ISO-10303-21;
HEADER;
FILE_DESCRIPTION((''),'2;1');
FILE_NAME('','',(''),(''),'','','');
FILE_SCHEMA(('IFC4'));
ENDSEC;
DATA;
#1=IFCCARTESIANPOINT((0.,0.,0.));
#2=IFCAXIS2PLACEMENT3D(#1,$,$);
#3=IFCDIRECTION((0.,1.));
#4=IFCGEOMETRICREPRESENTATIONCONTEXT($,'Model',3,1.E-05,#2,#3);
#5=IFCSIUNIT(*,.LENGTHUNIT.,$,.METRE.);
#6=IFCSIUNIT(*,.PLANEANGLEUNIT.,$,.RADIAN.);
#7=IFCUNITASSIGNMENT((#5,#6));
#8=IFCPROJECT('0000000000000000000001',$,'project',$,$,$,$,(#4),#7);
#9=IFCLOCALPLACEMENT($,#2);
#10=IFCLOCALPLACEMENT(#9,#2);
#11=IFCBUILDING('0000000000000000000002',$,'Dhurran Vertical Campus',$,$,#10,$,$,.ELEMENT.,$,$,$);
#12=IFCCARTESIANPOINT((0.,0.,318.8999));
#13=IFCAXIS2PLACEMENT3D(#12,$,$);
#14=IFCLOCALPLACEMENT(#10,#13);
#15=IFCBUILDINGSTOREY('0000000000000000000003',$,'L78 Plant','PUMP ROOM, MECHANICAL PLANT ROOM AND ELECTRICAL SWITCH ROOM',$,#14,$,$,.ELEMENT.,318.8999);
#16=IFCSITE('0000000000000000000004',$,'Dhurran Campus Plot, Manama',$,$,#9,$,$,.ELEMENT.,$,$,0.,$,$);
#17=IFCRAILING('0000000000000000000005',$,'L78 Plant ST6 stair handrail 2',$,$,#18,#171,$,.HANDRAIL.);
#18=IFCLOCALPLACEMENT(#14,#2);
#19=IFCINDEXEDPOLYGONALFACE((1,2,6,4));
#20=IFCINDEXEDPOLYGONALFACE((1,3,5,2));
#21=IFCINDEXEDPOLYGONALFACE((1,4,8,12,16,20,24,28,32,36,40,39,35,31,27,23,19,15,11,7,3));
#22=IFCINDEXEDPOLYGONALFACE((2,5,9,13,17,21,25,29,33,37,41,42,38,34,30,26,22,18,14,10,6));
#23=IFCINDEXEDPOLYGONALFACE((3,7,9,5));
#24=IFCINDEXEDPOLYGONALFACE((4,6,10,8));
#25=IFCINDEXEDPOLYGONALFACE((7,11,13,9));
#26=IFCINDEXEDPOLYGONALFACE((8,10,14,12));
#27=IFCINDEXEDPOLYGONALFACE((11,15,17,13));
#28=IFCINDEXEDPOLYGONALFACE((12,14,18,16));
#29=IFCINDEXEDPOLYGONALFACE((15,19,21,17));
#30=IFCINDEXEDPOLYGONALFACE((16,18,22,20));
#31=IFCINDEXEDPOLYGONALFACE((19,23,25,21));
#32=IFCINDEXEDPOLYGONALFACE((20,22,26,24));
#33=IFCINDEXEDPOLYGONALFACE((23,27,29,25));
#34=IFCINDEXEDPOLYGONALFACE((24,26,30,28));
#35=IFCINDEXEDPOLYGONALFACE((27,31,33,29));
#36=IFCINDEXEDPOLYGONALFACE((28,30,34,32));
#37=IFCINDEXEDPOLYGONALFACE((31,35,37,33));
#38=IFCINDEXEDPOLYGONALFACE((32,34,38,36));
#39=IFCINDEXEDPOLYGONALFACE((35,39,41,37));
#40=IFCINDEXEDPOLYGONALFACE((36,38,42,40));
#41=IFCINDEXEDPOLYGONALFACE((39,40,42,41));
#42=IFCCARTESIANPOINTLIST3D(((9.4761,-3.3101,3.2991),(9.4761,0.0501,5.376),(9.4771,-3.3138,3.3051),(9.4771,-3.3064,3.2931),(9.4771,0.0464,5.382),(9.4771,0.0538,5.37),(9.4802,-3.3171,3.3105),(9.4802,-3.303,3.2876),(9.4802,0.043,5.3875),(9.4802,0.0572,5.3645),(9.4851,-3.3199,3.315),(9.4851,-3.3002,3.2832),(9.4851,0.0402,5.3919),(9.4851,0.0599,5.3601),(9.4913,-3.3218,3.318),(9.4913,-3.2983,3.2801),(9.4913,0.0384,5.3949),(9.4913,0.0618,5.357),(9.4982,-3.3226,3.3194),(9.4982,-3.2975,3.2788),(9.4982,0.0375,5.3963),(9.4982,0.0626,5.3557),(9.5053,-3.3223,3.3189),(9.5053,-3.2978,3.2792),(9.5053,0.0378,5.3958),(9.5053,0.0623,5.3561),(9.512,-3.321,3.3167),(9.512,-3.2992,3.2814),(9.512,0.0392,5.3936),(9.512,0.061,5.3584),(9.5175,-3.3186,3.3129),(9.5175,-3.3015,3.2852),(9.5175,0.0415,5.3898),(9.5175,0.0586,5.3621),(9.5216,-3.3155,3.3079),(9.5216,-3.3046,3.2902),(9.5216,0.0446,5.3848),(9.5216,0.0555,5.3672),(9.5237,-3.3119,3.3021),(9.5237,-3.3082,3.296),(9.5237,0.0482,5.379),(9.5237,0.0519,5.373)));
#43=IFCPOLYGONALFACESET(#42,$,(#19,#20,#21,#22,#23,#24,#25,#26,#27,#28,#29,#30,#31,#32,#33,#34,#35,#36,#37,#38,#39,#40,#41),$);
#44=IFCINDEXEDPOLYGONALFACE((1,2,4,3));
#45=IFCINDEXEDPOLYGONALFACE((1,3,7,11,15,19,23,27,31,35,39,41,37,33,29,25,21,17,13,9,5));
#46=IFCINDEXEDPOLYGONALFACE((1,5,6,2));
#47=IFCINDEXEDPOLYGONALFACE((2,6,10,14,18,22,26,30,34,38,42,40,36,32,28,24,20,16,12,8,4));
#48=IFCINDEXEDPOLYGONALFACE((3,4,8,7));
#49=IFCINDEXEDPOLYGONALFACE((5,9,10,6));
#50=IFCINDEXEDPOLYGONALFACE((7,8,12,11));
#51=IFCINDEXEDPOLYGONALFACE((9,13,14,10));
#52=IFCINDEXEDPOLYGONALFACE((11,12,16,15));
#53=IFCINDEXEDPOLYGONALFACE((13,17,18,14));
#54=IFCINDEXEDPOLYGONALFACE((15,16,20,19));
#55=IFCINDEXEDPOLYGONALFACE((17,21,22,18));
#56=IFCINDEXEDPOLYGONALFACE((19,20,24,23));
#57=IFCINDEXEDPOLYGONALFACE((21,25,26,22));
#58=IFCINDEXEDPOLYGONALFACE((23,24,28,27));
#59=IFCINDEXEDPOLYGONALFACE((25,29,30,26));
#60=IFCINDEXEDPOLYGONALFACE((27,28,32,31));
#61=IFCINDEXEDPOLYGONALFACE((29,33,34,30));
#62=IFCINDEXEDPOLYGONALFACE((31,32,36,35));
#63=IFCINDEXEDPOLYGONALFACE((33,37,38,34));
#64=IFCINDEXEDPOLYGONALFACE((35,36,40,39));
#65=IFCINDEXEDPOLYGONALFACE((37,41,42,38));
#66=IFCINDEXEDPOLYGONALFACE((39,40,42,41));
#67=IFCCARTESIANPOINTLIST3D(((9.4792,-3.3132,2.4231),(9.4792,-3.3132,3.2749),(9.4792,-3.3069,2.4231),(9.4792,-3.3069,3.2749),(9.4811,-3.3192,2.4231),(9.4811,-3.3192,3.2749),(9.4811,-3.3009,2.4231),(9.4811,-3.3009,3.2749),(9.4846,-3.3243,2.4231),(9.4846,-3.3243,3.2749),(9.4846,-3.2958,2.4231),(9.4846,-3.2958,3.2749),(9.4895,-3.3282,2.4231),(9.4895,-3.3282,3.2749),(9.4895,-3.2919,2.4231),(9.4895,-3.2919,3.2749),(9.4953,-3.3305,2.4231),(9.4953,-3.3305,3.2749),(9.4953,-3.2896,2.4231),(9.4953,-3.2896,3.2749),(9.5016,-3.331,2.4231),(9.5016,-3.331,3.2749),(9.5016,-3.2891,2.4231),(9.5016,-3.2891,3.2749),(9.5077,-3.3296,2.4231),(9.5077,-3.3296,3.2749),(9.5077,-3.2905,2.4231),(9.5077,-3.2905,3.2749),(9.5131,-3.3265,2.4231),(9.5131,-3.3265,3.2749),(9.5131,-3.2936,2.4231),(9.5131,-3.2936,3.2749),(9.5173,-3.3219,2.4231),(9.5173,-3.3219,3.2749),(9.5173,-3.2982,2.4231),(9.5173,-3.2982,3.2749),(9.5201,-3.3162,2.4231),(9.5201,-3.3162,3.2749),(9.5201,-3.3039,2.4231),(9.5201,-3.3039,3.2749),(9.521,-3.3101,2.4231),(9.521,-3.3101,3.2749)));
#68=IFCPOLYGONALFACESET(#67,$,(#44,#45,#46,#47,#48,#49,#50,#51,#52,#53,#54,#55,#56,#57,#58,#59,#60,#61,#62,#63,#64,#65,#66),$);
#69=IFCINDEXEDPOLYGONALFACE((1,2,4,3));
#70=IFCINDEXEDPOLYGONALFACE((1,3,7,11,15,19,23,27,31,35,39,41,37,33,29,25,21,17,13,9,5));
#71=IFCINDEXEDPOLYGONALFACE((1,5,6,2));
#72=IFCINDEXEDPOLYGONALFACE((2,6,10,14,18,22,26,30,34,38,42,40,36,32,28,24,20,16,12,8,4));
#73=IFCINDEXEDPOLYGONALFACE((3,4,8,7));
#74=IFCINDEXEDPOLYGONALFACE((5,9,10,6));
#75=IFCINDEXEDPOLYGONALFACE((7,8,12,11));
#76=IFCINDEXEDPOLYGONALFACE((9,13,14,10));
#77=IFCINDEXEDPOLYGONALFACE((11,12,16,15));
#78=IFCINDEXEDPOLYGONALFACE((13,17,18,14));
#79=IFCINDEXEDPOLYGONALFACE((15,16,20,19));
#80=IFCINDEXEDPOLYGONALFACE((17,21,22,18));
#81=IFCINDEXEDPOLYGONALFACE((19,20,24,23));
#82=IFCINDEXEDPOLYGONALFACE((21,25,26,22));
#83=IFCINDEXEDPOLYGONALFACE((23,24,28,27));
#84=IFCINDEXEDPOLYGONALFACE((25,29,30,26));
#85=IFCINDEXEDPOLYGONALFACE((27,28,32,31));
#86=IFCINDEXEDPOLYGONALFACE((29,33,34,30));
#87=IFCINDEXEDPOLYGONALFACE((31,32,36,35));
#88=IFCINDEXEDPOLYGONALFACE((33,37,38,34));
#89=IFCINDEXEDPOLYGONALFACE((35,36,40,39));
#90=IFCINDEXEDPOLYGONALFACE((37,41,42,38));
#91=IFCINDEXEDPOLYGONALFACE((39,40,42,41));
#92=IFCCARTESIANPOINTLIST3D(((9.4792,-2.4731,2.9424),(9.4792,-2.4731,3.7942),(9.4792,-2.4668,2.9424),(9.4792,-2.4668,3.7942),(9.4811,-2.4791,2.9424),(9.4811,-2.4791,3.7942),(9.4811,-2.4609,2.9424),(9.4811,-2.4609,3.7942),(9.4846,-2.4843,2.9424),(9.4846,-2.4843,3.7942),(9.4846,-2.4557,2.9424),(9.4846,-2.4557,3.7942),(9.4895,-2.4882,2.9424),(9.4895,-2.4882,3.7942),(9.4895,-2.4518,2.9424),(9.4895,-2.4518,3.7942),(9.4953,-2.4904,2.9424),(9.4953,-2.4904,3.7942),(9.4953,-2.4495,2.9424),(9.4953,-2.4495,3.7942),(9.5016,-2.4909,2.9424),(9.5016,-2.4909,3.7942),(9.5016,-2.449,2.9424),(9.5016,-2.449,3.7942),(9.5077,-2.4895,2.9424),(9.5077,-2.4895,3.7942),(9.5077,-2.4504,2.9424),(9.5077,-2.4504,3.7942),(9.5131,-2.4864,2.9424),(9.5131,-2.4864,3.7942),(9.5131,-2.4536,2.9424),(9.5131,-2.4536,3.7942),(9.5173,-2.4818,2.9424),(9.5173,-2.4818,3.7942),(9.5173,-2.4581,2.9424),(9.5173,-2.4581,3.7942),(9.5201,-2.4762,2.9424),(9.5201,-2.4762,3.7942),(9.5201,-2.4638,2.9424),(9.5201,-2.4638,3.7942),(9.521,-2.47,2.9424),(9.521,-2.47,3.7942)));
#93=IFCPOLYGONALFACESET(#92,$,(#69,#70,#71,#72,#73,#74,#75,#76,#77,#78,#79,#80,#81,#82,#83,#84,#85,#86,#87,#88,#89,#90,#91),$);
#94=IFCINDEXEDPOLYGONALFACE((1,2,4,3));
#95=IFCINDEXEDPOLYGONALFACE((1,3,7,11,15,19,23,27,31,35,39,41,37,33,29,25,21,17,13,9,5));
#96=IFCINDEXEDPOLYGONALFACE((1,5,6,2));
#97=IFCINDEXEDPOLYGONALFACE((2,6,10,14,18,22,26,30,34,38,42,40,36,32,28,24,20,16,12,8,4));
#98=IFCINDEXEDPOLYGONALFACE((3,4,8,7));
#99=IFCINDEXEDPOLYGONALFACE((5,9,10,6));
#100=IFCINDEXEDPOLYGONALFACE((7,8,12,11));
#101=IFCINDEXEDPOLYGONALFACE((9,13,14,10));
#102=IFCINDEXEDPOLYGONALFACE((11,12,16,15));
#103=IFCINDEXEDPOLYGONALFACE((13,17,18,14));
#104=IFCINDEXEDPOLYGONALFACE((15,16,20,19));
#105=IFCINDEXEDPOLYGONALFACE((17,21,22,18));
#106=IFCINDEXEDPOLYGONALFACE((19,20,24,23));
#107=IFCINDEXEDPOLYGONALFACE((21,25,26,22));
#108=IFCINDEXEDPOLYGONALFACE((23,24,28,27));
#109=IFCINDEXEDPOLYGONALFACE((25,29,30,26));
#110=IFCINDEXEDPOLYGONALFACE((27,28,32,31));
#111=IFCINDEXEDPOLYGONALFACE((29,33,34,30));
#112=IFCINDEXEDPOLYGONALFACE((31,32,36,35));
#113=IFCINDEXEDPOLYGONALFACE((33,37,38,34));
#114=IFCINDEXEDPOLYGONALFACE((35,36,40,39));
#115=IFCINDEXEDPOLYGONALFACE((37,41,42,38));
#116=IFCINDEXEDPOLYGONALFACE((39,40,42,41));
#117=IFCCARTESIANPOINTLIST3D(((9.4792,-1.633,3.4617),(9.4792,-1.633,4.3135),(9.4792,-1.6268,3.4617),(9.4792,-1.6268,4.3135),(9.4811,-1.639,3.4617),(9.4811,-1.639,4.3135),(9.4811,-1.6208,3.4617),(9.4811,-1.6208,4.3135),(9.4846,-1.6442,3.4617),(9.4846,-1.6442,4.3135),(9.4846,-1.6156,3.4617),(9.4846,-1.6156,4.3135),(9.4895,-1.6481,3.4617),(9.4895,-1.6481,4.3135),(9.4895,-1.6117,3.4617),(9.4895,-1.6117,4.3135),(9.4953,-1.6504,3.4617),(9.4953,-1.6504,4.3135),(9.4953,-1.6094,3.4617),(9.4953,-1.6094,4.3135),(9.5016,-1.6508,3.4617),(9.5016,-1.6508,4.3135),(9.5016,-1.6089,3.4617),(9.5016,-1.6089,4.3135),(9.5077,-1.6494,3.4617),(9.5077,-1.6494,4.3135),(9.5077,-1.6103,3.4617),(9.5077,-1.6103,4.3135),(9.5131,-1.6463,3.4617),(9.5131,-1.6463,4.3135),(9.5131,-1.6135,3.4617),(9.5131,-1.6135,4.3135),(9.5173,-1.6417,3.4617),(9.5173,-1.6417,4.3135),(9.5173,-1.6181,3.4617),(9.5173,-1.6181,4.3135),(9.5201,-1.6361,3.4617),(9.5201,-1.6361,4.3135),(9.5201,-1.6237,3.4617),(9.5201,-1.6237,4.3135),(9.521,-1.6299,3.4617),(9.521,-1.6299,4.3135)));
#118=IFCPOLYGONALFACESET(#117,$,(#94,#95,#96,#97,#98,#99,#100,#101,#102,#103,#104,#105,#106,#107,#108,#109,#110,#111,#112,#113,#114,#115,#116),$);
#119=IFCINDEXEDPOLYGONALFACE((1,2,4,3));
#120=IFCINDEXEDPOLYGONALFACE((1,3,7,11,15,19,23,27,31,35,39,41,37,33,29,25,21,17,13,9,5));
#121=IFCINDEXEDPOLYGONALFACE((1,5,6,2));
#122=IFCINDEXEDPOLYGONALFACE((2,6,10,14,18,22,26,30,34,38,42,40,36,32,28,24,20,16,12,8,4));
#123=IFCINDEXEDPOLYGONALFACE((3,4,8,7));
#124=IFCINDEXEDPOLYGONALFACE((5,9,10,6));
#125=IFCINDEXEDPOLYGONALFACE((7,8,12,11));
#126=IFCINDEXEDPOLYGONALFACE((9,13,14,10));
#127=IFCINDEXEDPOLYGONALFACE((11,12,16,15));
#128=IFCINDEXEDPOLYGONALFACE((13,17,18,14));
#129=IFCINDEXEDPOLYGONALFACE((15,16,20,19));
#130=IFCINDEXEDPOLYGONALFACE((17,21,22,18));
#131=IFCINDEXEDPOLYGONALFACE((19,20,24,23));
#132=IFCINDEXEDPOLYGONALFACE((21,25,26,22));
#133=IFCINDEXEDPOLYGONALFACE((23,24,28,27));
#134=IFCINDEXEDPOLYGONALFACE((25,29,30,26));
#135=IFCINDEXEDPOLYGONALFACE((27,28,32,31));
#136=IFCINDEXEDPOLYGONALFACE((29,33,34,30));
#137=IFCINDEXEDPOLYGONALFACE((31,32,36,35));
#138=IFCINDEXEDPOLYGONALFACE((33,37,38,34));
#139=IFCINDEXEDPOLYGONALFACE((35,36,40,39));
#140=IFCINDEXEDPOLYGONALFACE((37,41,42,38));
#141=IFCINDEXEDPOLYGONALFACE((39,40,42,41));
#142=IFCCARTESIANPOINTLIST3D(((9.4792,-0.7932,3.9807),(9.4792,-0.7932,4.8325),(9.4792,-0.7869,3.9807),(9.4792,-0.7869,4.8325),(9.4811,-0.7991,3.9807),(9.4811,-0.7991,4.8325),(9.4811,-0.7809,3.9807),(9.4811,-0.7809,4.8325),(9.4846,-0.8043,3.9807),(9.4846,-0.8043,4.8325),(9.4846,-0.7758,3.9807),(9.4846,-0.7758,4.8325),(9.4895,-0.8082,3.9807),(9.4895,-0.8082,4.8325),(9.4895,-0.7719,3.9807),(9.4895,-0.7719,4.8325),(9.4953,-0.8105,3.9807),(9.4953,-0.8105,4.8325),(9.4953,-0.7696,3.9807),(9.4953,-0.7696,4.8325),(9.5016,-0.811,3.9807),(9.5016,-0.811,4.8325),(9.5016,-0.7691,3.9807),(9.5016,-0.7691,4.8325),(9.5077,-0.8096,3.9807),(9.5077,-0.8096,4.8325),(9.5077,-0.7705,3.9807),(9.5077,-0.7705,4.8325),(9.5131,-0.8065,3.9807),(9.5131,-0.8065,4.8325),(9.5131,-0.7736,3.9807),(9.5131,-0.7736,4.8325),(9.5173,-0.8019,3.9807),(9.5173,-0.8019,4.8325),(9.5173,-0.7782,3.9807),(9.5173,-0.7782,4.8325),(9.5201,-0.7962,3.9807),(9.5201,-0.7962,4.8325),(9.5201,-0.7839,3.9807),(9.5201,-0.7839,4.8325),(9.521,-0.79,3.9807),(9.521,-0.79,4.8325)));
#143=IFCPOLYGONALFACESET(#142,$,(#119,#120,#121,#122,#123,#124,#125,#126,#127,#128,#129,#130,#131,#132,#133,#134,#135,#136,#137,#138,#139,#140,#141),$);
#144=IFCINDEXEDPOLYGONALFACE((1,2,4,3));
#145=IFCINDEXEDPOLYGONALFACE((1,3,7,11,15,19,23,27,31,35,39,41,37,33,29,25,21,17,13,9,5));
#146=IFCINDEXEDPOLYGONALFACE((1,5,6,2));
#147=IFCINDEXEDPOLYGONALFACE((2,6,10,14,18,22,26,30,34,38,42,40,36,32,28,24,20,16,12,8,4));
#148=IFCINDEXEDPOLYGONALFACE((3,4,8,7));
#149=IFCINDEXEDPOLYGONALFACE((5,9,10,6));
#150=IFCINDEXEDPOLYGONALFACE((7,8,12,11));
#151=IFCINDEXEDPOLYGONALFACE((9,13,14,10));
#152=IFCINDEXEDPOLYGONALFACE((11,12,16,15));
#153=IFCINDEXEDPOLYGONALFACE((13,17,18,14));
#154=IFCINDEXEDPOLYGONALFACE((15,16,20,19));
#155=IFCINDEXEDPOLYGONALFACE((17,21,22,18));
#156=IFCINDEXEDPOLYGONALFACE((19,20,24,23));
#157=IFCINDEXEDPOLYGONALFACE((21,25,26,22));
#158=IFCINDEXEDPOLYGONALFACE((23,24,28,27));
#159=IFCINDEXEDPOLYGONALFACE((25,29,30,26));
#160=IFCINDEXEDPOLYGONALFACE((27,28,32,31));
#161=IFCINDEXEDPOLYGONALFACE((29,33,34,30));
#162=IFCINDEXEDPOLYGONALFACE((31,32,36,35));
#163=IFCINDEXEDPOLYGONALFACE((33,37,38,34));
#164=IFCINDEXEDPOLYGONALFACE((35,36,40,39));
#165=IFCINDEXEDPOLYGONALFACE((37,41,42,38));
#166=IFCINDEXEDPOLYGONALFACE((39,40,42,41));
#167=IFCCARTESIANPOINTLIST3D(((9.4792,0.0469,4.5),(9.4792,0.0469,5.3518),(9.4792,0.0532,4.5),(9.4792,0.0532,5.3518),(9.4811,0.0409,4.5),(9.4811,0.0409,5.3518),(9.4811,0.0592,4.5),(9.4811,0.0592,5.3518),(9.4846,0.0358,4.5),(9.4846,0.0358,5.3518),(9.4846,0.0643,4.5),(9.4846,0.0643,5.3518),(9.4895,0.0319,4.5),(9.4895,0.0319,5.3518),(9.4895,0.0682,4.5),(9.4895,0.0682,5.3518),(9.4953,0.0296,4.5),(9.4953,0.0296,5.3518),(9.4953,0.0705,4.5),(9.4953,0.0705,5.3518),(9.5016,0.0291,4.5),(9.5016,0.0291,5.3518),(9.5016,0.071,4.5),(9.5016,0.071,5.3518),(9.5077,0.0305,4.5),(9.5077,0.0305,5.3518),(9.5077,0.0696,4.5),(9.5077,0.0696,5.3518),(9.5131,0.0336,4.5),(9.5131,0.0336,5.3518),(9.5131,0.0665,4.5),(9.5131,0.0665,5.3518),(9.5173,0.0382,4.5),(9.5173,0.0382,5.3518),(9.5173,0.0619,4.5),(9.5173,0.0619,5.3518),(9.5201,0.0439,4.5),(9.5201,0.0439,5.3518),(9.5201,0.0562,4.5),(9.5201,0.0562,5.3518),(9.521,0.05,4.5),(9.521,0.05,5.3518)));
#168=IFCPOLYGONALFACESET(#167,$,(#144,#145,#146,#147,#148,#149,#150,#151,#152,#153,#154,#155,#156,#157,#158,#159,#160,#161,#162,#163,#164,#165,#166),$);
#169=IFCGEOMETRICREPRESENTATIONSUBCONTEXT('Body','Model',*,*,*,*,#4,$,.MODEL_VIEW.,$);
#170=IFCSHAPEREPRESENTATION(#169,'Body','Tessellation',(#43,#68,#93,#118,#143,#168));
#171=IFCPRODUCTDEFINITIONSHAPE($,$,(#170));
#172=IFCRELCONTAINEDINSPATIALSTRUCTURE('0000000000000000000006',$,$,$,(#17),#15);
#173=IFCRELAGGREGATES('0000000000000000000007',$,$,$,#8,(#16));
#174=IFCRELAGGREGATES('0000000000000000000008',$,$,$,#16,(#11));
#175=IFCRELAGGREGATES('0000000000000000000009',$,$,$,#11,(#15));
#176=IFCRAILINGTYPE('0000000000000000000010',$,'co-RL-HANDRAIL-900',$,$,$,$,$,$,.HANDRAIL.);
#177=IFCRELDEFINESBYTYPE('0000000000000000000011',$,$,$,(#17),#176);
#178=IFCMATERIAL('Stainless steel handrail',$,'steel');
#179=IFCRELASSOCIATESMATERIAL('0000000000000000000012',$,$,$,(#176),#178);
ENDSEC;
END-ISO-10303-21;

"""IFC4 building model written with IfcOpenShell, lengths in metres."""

from ifc_helpers import new_model, si_unit, direction, frame, origin, origin_2d, place, context, subcontext, project, spatial, circle, extrude, material, type_object, element, save


model = new_model("IFC4")

# Units and contexts
model_context = context("Model", 3, precision=1e-05, world=origin(), true_north=direction((0.0, 1.0)))
body_context = subcontext(model_context, "Body", "Model", "MODEL_VIEW")
ifc_project = project(units=[si_unit("LENGTHUNIT", "METRE"), si_unit("PLANEANGLEUNIT", "RADIAN")], contexts=[model_context])

# Site, building, storey
site_placement = place(None, origin())
site = spatial("IfcSite", under=ifc_project, at=site_placement, Name="Dhurran Campus Plot, Manama", CompositionType="ELEMENT", RefElevation=0.0)
building_placement = place(site_placement, origin())
building = spatial("IfcBuilding", under=site, at=building_placement, Name="Dhurran Vertical Campus", CompositionType="ELEMENT")
storey_placement = place(building_placement, frame((0.0, 0.0, 318.8999)))
storey = spatial("IfcBuildingStorey", under=building, at=storey_placement, Name="L78 Plant", Description="PUMP ROOM, MECHANICAL PLANT ROOM AND ELECTRICAL SWITCH ROOM", CompositionType="ELEMENT", Elevation=318.8999)

# Railing
ifc_material_1 = material(Name="Stainless steel handrail", Category="steel")
railing_type_1 = type_object("IfcRailingType", Name="co-RL-HANDRAIL-900", PredefinedType="HANDRAIL", material=ifc_material_1)
railing_1_placement = place(storey_placement, frame((9.5, -3.3101, 2.4231)))
element("IfcRailing", 1, at=railing_1_placement, inside=storey, type_object=railing_type_1, Name="L78 Plant ST6 stair handrail 2", PredefinedType="HANDRAIL", context=body_context, shape_type="SweptSolid", body=[
    extrude(circle(Radius=0.0239, at=origin_2d()), frame((0.0, 0.0, 0.876), z_axis=(0.0, 0.850623, 0.525776), x_axis=(-1.0, 0.0, 0.0)), (0.0, 0.0, 1.0), 3.9502),
    extrude(circle(Radius=0.021, at=origin_2d()), origin(), (0.0, 0.0, 1.0), 0.8518),
    extrude(circle(Radius=0.021, at=origin_2d()), frame((0.0, 0.8401, 0.5193)), (0.0, 0.0, 1.0), 0.8518),
    extrude(circle(Radius=0.021, at=origin_2d()), frame((0.0, 1.6802, 1.0386)), (0.0, 0.0, 1.0), 0.8518),
    extrude(circle(Radius=0.021, at=origin_2d()), frame((0.0, 2.52, 1.5576)), (0.0, 0.0, 1.0), 0.8518),
    extrude(circle(Radius=0.021, at=origin_2d()), frame((0.0, 3.3601, 2.0769)), (0.0, 0.0, 1.0), 0.8518),
])

save(model, "model.ifc")
